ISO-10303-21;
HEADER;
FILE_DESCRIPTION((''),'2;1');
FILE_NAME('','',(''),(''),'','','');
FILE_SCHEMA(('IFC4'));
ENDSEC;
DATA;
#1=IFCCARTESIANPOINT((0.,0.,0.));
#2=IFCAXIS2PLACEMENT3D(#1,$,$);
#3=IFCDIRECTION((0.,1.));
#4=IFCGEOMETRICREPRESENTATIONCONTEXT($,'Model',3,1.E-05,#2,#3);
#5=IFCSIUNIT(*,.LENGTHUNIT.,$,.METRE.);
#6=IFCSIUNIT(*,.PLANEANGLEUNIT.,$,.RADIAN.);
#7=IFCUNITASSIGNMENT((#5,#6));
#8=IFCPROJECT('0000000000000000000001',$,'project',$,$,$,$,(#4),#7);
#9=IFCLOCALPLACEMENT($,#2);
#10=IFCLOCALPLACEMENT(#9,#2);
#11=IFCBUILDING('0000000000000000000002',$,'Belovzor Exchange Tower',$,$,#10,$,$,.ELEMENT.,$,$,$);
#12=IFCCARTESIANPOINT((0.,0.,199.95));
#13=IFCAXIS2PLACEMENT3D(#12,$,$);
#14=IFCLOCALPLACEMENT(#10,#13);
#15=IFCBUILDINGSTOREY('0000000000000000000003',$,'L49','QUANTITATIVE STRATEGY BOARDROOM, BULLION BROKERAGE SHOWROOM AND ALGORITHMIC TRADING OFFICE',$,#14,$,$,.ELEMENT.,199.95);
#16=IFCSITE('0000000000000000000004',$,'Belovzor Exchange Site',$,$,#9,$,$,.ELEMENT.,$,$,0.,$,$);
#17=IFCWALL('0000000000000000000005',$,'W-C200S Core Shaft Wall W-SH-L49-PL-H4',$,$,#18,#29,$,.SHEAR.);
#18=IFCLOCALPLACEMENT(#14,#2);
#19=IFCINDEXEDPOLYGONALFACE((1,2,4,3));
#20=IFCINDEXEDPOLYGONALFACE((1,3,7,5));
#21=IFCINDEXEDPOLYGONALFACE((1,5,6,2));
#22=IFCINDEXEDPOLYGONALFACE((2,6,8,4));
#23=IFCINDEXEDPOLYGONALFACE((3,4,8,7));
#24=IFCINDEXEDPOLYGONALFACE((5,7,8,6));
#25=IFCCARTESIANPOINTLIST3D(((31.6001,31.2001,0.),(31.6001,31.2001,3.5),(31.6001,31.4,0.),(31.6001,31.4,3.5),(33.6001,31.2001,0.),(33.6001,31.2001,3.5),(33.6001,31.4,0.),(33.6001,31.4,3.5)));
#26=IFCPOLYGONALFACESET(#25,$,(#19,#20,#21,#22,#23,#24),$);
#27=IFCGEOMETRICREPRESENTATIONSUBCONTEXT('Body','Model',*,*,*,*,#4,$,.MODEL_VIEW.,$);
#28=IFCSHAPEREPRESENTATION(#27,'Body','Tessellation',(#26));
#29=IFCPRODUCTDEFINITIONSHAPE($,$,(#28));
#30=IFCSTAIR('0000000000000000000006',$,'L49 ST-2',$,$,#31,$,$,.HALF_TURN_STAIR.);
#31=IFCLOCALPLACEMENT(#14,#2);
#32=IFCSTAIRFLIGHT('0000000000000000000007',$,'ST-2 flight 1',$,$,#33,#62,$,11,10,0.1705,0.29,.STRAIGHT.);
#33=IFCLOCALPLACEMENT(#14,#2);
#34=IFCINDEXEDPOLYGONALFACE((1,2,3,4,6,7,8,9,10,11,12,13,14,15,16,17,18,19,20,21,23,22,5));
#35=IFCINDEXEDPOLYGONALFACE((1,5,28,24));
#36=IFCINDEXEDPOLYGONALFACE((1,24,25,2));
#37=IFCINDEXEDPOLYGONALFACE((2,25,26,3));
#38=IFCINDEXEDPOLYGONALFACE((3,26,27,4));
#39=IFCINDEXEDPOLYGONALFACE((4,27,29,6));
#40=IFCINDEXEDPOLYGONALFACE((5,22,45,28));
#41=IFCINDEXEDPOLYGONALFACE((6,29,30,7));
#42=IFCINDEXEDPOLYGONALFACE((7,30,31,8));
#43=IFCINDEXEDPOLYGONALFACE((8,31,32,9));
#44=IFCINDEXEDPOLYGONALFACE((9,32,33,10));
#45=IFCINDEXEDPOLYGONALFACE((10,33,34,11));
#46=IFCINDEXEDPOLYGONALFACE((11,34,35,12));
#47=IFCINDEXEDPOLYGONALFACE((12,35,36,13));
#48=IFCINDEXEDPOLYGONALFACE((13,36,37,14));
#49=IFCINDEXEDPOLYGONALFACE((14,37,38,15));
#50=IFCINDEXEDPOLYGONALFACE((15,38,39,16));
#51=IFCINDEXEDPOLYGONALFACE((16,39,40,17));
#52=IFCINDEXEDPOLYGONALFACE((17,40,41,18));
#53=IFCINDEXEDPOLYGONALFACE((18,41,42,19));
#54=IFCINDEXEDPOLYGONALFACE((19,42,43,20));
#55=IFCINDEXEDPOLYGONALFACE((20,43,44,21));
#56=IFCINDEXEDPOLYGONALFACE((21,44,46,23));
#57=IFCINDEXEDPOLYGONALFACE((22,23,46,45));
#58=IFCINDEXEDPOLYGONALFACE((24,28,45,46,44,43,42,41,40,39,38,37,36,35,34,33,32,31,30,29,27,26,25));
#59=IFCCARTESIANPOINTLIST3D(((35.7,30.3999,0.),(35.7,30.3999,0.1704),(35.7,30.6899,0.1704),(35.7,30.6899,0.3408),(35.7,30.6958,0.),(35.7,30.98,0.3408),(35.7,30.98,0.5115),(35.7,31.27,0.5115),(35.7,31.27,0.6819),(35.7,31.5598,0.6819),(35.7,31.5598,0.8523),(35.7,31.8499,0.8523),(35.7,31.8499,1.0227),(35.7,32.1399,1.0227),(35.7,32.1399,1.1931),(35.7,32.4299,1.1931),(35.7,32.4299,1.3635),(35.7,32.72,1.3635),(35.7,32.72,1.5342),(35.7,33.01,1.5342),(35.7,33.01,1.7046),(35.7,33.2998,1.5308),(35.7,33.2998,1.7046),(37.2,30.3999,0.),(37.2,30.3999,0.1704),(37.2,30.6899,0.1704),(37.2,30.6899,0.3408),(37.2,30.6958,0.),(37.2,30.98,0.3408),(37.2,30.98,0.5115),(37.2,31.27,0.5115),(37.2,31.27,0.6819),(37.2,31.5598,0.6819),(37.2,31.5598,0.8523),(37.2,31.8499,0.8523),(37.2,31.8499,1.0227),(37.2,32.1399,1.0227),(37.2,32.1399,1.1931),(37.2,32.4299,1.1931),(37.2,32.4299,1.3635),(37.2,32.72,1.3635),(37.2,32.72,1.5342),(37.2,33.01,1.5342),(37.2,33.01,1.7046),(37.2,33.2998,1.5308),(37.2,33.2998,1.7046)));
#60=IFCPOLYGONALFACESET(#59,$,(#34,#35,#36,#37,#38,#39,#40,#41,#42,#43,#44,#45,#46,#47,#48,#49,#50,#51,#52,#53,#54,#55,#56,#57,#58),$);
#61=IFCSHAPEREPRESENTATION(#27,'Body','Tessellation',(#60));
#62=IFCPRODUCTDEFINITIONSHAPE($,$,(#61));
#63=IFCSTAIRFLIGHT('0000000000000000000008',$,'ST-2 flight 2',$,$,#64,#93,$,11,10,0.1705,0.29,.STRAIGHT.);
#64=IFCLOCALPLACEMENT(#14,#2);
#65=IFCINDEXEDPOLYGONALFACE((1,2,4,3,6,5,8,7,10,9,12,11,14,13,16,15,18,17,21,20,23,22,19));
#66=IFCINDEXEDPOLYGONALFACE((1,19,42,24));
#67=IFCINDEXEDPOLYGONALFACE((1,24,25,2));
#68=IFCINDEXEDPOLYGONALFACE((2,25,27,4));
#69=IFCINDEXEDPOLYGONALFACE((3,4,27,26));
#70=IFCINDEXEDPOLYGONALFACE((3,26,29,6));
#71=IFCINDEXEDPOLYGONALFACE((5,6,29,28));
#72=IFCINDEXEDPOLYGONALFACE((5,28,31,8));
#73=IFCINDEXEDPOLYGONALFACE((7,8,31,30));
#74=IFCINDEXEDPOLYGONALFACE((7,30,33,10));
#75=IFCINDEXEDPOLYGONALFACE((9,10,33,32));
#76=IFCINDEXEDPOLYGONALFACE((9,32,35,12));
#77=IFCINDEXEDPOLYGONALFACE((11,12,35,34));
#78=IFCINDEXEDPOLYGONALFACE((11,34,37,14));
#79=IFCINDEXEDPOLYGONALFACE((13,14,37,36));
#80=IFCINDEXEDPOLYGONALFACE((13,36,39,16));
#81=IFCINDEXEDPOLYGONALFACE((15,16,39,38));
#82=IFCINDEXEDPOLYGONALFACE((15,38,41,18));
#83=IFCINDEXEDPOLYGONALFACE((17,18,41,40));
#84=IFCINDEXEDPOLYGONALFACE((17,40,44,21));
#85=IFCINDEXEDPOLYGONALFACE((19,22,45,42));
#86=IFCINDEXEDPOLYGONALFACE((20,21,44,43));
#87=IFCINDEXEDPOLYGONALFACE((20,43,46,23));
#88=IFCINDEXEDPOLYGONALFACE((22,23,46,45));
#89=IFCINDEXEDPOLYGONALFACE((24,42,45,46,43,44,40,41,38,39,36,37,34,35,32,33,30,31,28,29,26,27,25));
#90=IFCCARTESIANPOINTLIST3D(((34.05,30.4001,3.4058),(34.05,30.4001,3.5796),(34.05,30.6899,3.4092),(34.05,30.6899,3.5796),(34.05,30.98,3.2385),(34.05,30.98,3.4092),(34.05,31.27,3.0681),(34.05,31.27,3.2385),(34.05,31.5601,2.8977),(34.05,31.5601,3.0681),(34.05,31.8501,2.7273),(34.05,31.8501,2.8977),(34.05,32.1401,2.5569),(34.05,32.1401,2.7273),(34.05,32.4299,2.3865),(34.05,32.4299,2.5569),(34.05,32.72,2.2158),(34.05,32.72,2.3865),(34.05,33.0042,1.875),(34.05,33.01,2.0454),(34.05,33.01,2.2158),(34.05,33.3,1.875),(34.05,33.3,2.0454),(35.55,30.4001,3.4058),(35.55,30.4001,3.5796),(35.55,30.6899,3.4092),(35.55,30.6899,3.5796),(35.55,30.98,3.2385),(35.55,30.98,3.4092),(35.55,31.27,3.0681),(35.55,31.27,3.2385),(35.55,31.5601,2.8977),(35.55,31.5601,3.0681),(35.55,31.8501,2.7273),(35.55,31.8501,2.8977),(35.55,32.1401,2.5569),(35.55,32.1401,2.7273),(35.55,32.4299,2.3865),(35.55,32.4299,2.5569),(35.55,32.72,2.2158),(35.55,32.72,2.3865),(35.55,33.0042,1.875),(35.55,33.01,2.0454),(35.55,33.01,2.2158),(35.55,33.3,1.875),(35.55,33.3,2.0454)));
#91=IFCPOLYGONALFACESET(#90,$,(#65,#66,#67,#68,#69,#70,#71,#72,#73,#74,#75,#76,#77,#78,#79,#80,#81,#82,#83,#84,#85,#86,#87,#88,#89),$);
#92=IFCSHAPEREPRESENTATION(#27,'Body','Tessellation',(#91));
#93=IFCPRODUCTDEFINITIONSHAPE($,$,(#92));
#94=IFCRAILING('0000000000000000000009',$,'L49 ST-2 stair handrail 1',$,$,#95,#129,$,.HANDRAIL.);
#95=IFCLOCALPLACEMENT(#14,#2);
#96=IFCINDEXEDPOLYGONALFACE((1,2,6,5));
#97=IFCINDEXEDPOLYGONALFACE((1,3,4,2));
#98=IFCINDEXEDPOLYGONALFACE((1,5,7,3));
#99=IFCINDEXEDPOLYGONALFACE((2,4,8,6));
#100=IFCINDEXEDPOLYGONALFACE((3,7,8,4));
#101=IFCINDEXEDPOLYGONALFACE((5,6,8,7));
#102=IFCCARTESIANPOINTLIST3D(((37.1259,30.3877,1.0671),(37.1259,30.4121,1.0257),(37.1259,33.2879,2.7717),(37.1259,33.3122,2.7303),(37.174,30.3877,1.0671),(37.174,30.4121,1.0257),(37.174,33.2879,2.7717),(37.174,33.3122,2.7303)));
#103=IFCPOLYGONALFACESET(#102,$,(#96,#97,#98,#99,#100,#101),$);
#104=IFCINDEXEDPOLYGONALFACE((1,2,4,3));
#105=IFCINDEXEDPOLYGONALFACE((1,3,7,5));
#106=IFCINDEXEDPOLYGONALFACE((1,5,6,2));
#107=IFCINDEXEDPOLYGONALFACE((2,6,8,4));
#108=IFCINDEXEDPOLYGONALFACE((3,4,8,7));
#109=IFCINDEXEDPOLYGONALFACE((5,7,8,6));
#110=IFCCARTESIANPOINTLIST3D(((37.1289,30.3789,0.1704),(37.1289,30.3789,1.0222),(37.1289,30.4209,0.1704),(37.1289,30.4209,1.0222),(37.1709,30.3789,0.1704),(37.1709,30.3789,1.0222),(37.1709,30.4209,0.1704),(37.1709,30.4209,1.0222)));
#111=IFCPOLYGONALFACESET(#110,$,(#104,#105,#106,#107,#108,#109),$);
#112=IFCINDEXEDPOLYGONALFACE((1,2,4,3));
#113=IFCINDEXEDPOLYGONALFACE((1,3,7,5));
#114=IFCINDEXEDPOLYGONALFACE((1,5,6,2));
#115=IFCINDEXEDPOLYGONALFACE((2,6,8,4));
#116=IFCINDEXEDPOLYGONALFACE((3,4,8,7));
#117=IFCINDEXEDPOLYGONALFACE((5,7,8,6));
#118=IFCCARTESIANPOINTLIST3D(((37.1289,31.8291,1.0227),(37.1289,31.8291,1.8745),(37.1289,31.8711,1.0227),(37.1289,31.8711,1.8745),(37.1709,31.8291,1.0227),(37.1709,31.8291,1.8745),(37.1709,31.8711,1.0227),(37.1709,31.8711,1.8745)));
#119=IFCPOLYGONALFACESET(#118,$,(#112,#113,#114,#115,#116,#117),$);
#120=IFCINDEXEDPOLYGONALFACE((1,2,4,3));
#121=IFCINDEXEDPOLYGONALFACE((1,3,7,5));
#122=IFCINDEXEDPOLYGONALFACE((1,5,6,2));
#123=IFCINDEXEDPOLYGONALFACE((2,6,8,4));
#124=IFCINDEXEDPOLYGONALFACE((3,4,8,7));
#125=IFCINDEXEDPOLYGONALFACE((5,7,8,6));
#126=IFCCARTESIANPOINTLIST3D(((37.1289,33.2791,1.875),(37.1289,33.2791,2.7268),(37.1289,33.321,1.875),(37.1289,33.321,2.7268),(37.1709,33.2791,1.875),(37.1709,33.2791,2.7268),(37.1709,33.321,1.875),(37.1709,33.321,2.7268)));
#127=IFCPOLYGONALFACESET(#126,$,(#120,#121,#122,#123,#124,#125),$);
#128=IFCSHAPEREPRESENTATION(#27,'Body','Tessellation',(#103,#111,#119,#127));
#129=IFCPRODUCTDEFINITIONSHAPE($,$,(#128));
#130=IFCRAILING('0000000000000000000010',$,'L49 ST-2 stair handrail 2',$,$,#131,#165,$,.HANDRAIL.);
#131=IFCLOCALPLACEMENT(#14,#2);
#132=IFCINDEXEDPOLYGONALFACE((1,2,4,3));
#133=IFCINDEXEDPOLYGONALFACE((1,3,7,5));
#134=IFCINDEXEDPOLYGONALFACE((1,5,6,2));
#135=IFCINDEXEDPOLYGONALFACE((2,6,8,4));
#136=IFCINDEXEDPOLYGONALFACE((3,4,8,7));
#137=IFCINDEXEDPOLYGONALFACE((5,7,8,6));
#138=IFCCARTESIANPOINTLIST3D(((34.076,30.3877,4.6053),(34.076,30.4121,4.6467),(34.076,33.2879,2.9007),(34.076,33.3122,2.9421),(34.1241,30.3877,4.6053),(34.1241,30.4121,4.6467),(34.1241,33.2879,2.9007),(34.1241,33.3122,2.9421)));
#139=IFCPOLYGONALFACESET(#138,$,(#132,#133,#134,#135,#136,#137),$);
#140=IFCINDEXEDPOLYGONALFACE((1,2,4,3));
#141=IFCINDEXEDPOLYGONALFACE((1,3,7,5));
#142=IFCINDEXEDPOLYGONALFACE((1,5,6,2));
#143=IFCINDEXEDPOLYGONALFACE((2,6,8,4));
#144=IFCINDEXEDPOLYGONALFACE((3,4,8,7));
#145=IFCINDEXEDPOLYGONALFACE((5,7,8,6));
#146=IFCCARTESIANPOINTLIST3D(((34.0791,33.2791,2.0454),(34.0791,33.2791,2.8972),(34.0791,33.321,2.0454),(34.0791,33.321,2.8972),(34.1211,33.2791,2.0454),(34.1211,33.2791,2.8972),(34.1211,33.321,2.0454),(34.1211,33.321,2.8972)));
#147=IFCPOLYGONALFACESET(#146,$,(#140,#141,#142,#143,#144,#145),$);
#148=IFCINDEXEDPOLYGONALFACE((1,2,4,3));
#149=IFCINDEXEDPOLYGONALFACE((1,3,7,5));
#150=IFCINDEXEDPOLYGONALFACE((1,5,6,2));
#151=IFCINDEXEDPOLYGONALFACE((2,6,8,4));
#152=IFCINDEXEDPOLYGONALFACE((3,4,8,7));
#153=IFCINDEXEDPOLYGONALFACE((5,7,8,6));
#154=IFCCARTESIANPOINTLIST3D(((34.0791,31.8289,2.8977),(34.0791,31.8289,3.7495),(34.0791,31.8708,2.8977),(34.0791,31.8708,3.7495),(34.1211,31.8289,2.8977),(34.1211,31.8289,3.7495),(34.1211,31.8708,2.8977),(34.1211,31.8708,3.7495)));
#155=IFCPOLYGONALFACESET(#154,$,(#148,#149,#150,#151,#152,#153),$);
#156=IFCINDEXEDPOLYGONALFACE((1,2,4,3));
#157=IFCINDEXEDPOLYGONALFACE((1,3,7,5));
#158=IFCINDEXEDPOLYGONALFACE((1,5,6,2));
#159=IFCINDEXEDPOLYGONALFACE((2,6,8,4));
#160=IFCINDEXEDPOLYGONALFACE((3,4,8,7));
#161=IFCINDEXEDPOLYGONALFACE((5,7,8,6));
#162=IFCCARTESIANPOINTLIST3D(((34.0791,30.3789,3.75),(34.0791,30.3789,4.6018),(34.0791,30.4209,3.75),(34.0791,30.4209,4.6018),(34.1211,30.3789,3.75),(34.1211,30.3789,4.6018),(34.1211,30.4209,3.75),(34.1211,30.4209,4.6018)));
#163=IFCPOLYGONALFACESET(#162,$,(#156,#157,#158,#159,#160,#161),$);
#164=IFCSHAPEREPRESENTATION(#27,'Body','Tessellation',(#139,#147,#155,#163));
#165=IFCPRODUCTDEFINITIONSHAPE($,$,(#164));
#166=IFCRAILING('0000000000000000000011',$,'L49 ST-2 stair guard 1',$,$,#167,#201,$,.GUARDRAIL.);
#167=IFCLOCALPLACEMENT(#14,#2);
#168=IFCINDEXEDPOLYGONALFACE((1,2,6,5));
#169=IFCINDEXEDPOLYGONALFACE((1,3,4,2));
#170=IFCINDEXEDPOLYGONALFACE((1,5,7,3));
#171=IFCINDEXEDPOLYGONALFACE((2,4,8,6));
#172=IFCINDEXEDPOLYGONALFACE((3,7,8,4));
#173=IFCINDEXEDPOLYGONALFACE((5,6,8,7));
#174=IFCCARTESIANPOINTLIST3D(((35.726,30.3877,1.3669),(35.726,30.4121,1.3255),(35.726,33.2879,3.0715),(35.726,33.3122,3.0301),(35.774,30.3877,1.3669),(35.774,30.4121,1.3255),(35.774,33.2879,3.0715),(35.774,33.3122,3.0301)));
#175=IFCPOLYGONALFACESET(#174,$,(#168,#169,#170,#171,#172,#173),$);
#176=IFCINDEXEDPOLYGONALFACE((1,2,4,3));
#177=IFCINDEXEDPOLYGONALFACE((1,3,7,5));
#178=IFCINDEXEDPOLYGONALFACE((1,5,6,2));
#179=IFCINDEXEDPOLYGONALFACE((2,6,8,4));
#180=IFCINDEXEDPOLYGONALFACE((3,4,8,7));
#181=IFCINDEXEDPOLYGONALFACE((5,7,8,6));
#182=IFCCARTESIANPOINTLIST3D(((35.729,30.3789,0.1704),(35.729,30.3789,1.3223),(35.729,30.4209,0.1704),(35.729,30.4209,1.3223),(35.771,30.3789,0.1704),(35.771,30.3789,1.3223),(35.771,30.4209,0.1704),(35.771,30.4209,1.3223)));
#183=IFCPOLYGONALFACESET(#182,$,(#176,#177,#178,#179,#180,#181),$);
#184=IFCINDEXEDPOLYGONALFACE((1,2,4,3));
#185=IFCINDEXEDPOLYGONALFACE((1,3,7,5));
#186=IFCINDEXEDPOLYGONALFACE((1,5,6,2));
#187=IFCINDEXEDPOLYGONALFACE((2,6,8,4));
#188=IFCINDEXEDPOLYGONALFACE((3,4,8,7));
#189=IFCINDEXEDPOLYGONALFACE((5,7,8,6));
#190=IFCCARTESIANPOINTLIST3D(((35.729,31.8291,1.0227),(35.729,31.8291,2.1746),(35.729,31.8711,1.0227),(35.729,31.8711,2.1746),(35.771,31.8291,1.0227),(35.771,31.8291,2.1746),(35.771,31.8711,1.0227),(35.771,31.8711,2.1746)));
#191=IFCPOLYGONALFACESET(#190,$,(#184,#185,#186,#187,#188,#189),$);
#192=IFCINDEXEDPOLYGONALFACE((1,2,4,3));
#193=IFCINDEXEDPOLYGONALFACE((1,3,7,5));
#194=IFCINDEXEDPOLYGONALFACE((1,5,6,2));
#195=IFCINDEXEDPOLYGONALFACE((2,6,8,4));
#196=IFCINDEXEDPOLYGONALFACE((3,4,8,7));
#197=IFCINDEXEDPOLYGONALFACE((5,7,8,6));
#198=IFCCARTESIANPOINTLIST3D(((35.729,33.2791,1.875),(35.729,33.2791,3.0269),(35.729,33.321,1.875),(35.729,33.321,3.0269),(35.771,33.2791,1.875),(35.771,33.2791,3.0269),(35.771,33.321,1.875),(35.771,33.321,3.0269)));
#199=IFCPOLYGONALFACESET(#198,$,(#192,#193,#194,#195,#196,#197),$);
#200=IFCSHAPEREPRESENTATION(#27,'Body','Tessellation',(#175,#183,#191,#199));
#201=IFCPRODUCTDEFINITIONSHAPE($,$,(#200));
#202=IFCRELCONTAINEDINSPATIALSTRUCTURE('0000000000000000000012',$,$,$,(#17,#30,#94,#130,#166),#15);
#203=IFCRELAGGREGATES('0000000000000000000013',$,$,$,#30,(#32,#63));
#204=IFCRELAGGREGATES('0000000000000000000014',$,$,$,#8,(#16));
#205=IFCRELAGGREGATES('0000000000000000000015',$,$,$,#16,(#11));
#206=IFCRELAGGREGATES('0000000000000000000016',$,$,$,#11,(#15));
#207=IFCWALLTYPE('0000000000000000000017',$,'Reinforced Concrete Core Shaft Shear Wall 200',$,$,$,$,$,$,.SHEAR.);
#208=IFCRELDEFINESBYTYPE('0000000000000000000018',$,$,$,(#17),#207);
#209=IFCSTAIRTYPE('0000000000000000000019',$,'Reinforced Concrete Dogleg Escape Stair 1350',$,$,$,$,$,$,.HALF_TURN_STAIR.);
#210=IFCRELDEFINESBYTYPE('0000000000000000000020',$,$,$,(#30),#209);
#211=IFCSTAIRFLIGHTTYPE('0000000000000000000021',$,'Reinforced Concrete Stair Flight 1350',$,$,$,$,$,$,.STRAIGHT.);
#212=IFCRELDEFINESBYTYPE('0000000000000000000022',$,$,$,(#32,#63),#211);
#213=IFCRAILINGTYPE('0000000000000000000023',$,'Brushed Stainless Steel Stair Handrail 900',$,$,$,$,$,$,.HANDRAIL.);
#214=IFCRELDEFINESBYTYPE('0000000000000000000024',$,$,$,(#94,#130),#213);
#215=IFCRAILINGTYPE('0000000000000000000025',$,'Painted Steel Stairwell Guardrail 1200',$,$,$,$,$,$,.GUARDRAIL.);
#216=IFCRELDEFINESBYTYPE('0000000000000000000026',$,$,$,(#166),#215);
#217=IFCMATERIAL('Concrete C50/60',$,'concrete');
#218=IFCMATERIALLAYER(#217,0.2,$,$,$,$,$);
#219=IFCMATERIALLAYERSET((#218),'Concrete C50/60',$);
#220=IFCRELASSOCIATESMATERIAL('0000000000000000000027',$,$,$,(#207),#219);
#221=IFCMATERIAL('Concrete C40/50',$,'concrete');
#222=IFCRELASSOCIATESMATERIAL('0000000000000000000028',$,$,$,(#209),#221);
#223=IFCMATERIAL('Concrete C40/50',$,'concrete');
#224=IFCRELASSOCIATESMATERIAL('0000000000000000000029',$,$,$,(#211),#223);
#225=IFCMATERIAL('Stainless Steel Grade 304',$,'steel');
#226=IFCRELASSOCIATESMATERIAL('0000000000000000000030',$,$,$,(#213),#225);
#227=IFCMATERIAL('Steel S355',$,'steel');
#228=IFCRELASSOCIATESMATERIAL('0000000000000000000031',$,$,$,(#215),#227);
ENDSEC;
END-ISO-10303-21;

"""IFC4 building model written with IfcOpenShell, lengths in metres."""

from ifc_helpers import new_model, si_unit, direction, frame, frame_2d, origin, origin_2d, place, context, subcontext, project, spatial, polyline, rectangle, outline, extrude, material, layer, layer_set, type_object, element, aggregate, save


model = new_model("IFC4")

# Units and contexts
model_context = context("Model", 3, precision=1e-05, world=origin(), true_north=direction((0.0, 1.0)))
body_context = subcontext(model_context, "Body", "Model", "MODEL_VIEW")
ifc_project = project(units=[si_unit("LENGTHUNIT", "METRE"), si_unit("PLANEANGLEUNIT", "RADIAN")], contexts=[model_context])

# Site, building, storey
site_placement = place(None, origin())
site = spatial("IfcSite", under=ifc_project, at=site_placement, Name="Belovzor Exchange Site", CompositionType="ELEMENT", RefElevation=0.0)
building_placement = place(site_placement, origin())
building = spatial("IfcBuilding", under=site, at=building_placement, Name="Belovzor Exchange Tower", CompositionType="ELEMENT")
storey_placement = place(building_placement, frame((0.0, 0.0, 199.95)))
storey = spatial("IfcBuildingStorey", under=building, at=storey_placement, Name="L49", Description="QUANTITATIVE STRATEGY BOARDROOM, BULLION BROKERAGE SHOWROOM AND ALGORITHMIC TRADING OFFICE", CompositionType="ELEMENT", Elevation=199.95)

# Wall
ifc_material_1 = material(Name="Concrete C50/60", Category="concrete")
ifc_layer_1 = layer(ifc_material_1, 0.2)
ifc_layer_set_1 = layer_set([ifc_layer_1], Name="Concrete C50/60")
wall_type_1 = type_object("IfcWallType", Name="Reinforced Concrete Core Shaft Shear Wall 200", PredefinedType="SHEAR", material=ifc_layer_set_1)
for number, where, z_axis, x_axis, name in (
    (1, (31.6001, 31.3, 0.0), (0.0, 0.0, 1.0), (1.0, 0.0, 0.0), "W-C200S Core Shaft Wall W-SH-L49-PL-H4"),
):
    element("IfcWall", number, at=place(storey_placement, frame(where, z_axis=z_axis, x_axis=x_axis)), inside=storey, type_object=wall_type_1, Name=name, PredefinedType="SHEAR", context=body_context, shape_type="SweptSolid", body=[
        extrude(rectangle(XDim=2.0, YDim=0.2, at=frame_2d((1.0, 0.0))), origin(), (0.0, 0.0, 1.0), 3.5),
    ])

# Stair, stair flights
ifc_material_2 = material(Name="Concrete C40/50", Category="concrete")
stair_type = type_object("IfcStairType", Name="Reinforced Concrete Dogleg Escape Stair 1350", PredefinedType="HALF_TURN_STAIR", material=ifc_material_2)
stair_placement = place(storey_placement, origin())
stair = element("IfcStair", 2, at=stair_placement, inside=storey, type_object=stair_type, Name="L49 ST-2", PredefinedType="HALF_TURN_STAIR")
ifc_material_3 = material(Name="Concrete C40/50", Category="concrete")
stair_flight_type = type_object("IfcStairFlightType", Name="Reinforced Concrete Stair Flight 1350", PredefinedType="STRAIGHT", material=ifc_material_3)
stair_flight_1_placement = place(storey_placement, frame((36.45, 30.3999, 0.0), z_axis=(0.0, 0.0, 1.0), x_axis=(0.0, 1.0, 0.0)))
stair_flight_1 = element("IfcStairFlight", 3, at=stair_flight_1_placement, type_object=stair_flight_type, Name="ST-2 flight 1", NumberOfRisers=11, NumberOfTreads=10, PredefinedType="STRAIGHT", RiserHeight=0.1705, TreadLength=0.29, context=body_context, shape_type="SweptSolid", body=[
    extrude(outline(polyline([(0.0, 0.0), (0.0, 0.1704), (0.29, 0.1704), (0.29, 0.3408), (0.5801, 0.3408), (0.5801, 0.5115), (0.8701, 0.5115), (0.8701, 0.6819), (1.1599, 0.6819), (1.1599, 0.8523), (1.45, 0.8523), (1.45, 1.0227), (1.74, 1.0227), (1.74, 1.1931), (2.03, 1.1931), (2.03, 1.3635), (2.3201, 1.3635), (2.3201, 1.5342), (2.6101, 1.5342), (2.6101, 1.7046), (2.8999, 1.7046), (2.8999, 1.875), (2.8999, 1.5308), (0.2959, 0.0), (0.0, 0.0)])), frame((0.0, 0.75, 0.0), z_axis=(0.0, -1.0, 0.0), x_axis=(1.0, 0.0, 0.0)), (0.0, 0.0, 1.0), 1.5),
])
stair_flight_2_placement = place(storey_placement, frame((34.8, 33.3, 1.875), z_axis=(0.0, 0.0, 1.0), x_axis=(0.0, -1.0, 0.0)))
stair_flight_2 = element("IfcStairFlight", 4, at=stair_flight_2_placement, type_object=stair_flight_type, Name="ST-2 flight 2", NumberOfRisers=11, NumberOfTreads=10, PredefinedType="STRAIGHT", RiserHeight=0.1705, TreadLength=0.29, context=body_context, shape_type="SweptSolid", body=[
    extrude(outline(polyline([(0.0, 0.0), (0.0, 0.1704), (0.29, 0.1704), (0.29, 0.3408), (0.5801, 0.3408), (0.5801, 0.5115), (0.8701, 0.5115), (0.8701, 0.6819), (1.1599, 0.6819), (1.1599, 0.8523), (1.45, 0.8523), (1.45, 1.0227), (1.74, 1.0227), (1.74, 1.1931), (2.03, 1.1931), (2.03, 1.3635), (2.3201, 1.3635), (2.3201, 1.5342), (2.6101, 1.5342), (2.6101, 1.7046), (2.8999, 1.7046), (2.8999, 1.875), (2.8999, 1.5308), (0.2959, 0.0), (0.0, 0.0)])), frame((0.0, 0.75, 0.0), z_axis=(0.0, -1.0, 0.0), x_axis=(1.0, 0.0, 0.0)), (0.0, 0.0, 1.0), 1.5),
])
aggregate(stair, [stair_flight_1, stair_flight_2])

# Railings
ifc_material_4 = material(Name="Stainless Steel Grade 304", Category="steel")
railing_type_1 = type_object("IfcRailingType", Name="Brushed Stainless Steel Stair Handrail 900", PredefinedType="HANDRAIL", material=ifc_material_4)
railing_1_placement = place(storey_placement, frame((37.1499, 30.3999, 0.1704)))
element("IfcRailing", 5, at=railing_1_placement, inside=storey, type_object=railing_type_1, Name="L49 ST-2 stair handrail 1", PredefinedType="HANDRAIL", context=body_context, shape_type="SweptSolid", body=[
    extrude(rectangle(XDim=0.0481, YDim=0.0481, at=origin_2d()), frame((0.0, 0.0, 0.876), z_axis=(0.0, 0.862113, 0.506716), x_axis=(-1.0, 0.0, 0.0)), (0.0, 0.0, 1.0), 3.364),
    extrude(rectangle(XDim=0.042, YDim=0.042, at=origin_2d()), origin(), (0.0, 0.0, 1.0), 0.8518),
    extrude(rectangle(XDim=0.042, YDim=0.042, at=origin_2d()), frame((0.0, 1.4502, 0.8523)), (0.0, 0.0, 1.0), 0.8518),
    extrude(rectangle(XDim=0.042, YDim=0.042, at=origin_2d()), frame((0.0, 2.9001, 1.7046)), (0.0, 0.0, 1.0), 0.8518),
])
railing_2_placement = place(storey_placement, frame((34.1001, 33.3, 2.0454)))
element("IfcRailing", 6, at=railing_2_placement, inside=storey, type_object=railing_type_1, Name="L49 ST-2 stair handrail 2", PredefinedType="HANDRAIL", context=body_context, shape_type="SweptSolid", body=[
    extrude(rectangle(XDim=0.0481, YDim=0.0481, at=origin_2d()), frame((0.0, 0.0, 0.876), z_axis=(0.0, -0.862113, 0.506716), x_axis=(1.0, 0.0, 0.0)), (0.0, 0.0, 1.0), 3.364),
    extrude(rectangle(XDim=0.042, YDim=0.042, at=origin_2d()), origin(), (0.0, 0.0, 1.0), 0.8518),
    extrude(rectangle(XDim=0.042, YDim=0.042, at=origin_2d()), frame((0.0, -1.4502, 0.8523)), (0.0, 0.0, 1.0), 0.8518),
    extrude(rectangle(XDim=0.042, YDim=0.042, at=origin_2d()), frame((0.0, -2.9001, 1.7046)), (0.0, 0.0, 1.0), 0.8518),
])
ifc_material_5 = material(Name="Steel S355", Category="steel")
railing_type_2 = type_object("IfcRailingType", Name="Painted Steel Stairwell Guardrail 1200", PredefinedType="GUARDRAIL", material=ifc_material_5)
railing_3_placement = place(storey_placement, frame((35.75, 30.3999, 0.1704)))
element("IfcRailing", 7, at=railing_3_placement, inside=storey, type_object=railing_type_2, Name="L49 ST-2 stair guard 1", PredefinedType="GUARDRAIL", context=body_context, shape_type="SweptSolid", body=[
    extrude(rectangle(XDim=0.0481, YDim=0.0481, at=origin_2d()), frame((0.0, 0.0, 1.1758), z_axis=(0.0, 0.862113, 0.506716), x_axis=(-1.0, 0.0, 0.0)), (0.0, 0.0, 1.0), 3.364),
    extrude(rectangle(XDim=0.042, YDim=0.042, at=origin_2d()), origin(), (0.0, 0.0, 1.0), 1.1519),
    extrude(rectangle(XDim=0.042, YDim=0.042, at=origin_2d()), frame((0.0, 1.4502, 0.8523)), (0.0, 0.0, 1.0), 1.1519),
    extrude(rectangle(XDim=0.042, YDim=0.042, at=origin_2d()), frame((0.0, 2.9001, 1.7046)), (0.0, 0.0, 1.0), 1.1519),
])

save(model, "model.ifc")
